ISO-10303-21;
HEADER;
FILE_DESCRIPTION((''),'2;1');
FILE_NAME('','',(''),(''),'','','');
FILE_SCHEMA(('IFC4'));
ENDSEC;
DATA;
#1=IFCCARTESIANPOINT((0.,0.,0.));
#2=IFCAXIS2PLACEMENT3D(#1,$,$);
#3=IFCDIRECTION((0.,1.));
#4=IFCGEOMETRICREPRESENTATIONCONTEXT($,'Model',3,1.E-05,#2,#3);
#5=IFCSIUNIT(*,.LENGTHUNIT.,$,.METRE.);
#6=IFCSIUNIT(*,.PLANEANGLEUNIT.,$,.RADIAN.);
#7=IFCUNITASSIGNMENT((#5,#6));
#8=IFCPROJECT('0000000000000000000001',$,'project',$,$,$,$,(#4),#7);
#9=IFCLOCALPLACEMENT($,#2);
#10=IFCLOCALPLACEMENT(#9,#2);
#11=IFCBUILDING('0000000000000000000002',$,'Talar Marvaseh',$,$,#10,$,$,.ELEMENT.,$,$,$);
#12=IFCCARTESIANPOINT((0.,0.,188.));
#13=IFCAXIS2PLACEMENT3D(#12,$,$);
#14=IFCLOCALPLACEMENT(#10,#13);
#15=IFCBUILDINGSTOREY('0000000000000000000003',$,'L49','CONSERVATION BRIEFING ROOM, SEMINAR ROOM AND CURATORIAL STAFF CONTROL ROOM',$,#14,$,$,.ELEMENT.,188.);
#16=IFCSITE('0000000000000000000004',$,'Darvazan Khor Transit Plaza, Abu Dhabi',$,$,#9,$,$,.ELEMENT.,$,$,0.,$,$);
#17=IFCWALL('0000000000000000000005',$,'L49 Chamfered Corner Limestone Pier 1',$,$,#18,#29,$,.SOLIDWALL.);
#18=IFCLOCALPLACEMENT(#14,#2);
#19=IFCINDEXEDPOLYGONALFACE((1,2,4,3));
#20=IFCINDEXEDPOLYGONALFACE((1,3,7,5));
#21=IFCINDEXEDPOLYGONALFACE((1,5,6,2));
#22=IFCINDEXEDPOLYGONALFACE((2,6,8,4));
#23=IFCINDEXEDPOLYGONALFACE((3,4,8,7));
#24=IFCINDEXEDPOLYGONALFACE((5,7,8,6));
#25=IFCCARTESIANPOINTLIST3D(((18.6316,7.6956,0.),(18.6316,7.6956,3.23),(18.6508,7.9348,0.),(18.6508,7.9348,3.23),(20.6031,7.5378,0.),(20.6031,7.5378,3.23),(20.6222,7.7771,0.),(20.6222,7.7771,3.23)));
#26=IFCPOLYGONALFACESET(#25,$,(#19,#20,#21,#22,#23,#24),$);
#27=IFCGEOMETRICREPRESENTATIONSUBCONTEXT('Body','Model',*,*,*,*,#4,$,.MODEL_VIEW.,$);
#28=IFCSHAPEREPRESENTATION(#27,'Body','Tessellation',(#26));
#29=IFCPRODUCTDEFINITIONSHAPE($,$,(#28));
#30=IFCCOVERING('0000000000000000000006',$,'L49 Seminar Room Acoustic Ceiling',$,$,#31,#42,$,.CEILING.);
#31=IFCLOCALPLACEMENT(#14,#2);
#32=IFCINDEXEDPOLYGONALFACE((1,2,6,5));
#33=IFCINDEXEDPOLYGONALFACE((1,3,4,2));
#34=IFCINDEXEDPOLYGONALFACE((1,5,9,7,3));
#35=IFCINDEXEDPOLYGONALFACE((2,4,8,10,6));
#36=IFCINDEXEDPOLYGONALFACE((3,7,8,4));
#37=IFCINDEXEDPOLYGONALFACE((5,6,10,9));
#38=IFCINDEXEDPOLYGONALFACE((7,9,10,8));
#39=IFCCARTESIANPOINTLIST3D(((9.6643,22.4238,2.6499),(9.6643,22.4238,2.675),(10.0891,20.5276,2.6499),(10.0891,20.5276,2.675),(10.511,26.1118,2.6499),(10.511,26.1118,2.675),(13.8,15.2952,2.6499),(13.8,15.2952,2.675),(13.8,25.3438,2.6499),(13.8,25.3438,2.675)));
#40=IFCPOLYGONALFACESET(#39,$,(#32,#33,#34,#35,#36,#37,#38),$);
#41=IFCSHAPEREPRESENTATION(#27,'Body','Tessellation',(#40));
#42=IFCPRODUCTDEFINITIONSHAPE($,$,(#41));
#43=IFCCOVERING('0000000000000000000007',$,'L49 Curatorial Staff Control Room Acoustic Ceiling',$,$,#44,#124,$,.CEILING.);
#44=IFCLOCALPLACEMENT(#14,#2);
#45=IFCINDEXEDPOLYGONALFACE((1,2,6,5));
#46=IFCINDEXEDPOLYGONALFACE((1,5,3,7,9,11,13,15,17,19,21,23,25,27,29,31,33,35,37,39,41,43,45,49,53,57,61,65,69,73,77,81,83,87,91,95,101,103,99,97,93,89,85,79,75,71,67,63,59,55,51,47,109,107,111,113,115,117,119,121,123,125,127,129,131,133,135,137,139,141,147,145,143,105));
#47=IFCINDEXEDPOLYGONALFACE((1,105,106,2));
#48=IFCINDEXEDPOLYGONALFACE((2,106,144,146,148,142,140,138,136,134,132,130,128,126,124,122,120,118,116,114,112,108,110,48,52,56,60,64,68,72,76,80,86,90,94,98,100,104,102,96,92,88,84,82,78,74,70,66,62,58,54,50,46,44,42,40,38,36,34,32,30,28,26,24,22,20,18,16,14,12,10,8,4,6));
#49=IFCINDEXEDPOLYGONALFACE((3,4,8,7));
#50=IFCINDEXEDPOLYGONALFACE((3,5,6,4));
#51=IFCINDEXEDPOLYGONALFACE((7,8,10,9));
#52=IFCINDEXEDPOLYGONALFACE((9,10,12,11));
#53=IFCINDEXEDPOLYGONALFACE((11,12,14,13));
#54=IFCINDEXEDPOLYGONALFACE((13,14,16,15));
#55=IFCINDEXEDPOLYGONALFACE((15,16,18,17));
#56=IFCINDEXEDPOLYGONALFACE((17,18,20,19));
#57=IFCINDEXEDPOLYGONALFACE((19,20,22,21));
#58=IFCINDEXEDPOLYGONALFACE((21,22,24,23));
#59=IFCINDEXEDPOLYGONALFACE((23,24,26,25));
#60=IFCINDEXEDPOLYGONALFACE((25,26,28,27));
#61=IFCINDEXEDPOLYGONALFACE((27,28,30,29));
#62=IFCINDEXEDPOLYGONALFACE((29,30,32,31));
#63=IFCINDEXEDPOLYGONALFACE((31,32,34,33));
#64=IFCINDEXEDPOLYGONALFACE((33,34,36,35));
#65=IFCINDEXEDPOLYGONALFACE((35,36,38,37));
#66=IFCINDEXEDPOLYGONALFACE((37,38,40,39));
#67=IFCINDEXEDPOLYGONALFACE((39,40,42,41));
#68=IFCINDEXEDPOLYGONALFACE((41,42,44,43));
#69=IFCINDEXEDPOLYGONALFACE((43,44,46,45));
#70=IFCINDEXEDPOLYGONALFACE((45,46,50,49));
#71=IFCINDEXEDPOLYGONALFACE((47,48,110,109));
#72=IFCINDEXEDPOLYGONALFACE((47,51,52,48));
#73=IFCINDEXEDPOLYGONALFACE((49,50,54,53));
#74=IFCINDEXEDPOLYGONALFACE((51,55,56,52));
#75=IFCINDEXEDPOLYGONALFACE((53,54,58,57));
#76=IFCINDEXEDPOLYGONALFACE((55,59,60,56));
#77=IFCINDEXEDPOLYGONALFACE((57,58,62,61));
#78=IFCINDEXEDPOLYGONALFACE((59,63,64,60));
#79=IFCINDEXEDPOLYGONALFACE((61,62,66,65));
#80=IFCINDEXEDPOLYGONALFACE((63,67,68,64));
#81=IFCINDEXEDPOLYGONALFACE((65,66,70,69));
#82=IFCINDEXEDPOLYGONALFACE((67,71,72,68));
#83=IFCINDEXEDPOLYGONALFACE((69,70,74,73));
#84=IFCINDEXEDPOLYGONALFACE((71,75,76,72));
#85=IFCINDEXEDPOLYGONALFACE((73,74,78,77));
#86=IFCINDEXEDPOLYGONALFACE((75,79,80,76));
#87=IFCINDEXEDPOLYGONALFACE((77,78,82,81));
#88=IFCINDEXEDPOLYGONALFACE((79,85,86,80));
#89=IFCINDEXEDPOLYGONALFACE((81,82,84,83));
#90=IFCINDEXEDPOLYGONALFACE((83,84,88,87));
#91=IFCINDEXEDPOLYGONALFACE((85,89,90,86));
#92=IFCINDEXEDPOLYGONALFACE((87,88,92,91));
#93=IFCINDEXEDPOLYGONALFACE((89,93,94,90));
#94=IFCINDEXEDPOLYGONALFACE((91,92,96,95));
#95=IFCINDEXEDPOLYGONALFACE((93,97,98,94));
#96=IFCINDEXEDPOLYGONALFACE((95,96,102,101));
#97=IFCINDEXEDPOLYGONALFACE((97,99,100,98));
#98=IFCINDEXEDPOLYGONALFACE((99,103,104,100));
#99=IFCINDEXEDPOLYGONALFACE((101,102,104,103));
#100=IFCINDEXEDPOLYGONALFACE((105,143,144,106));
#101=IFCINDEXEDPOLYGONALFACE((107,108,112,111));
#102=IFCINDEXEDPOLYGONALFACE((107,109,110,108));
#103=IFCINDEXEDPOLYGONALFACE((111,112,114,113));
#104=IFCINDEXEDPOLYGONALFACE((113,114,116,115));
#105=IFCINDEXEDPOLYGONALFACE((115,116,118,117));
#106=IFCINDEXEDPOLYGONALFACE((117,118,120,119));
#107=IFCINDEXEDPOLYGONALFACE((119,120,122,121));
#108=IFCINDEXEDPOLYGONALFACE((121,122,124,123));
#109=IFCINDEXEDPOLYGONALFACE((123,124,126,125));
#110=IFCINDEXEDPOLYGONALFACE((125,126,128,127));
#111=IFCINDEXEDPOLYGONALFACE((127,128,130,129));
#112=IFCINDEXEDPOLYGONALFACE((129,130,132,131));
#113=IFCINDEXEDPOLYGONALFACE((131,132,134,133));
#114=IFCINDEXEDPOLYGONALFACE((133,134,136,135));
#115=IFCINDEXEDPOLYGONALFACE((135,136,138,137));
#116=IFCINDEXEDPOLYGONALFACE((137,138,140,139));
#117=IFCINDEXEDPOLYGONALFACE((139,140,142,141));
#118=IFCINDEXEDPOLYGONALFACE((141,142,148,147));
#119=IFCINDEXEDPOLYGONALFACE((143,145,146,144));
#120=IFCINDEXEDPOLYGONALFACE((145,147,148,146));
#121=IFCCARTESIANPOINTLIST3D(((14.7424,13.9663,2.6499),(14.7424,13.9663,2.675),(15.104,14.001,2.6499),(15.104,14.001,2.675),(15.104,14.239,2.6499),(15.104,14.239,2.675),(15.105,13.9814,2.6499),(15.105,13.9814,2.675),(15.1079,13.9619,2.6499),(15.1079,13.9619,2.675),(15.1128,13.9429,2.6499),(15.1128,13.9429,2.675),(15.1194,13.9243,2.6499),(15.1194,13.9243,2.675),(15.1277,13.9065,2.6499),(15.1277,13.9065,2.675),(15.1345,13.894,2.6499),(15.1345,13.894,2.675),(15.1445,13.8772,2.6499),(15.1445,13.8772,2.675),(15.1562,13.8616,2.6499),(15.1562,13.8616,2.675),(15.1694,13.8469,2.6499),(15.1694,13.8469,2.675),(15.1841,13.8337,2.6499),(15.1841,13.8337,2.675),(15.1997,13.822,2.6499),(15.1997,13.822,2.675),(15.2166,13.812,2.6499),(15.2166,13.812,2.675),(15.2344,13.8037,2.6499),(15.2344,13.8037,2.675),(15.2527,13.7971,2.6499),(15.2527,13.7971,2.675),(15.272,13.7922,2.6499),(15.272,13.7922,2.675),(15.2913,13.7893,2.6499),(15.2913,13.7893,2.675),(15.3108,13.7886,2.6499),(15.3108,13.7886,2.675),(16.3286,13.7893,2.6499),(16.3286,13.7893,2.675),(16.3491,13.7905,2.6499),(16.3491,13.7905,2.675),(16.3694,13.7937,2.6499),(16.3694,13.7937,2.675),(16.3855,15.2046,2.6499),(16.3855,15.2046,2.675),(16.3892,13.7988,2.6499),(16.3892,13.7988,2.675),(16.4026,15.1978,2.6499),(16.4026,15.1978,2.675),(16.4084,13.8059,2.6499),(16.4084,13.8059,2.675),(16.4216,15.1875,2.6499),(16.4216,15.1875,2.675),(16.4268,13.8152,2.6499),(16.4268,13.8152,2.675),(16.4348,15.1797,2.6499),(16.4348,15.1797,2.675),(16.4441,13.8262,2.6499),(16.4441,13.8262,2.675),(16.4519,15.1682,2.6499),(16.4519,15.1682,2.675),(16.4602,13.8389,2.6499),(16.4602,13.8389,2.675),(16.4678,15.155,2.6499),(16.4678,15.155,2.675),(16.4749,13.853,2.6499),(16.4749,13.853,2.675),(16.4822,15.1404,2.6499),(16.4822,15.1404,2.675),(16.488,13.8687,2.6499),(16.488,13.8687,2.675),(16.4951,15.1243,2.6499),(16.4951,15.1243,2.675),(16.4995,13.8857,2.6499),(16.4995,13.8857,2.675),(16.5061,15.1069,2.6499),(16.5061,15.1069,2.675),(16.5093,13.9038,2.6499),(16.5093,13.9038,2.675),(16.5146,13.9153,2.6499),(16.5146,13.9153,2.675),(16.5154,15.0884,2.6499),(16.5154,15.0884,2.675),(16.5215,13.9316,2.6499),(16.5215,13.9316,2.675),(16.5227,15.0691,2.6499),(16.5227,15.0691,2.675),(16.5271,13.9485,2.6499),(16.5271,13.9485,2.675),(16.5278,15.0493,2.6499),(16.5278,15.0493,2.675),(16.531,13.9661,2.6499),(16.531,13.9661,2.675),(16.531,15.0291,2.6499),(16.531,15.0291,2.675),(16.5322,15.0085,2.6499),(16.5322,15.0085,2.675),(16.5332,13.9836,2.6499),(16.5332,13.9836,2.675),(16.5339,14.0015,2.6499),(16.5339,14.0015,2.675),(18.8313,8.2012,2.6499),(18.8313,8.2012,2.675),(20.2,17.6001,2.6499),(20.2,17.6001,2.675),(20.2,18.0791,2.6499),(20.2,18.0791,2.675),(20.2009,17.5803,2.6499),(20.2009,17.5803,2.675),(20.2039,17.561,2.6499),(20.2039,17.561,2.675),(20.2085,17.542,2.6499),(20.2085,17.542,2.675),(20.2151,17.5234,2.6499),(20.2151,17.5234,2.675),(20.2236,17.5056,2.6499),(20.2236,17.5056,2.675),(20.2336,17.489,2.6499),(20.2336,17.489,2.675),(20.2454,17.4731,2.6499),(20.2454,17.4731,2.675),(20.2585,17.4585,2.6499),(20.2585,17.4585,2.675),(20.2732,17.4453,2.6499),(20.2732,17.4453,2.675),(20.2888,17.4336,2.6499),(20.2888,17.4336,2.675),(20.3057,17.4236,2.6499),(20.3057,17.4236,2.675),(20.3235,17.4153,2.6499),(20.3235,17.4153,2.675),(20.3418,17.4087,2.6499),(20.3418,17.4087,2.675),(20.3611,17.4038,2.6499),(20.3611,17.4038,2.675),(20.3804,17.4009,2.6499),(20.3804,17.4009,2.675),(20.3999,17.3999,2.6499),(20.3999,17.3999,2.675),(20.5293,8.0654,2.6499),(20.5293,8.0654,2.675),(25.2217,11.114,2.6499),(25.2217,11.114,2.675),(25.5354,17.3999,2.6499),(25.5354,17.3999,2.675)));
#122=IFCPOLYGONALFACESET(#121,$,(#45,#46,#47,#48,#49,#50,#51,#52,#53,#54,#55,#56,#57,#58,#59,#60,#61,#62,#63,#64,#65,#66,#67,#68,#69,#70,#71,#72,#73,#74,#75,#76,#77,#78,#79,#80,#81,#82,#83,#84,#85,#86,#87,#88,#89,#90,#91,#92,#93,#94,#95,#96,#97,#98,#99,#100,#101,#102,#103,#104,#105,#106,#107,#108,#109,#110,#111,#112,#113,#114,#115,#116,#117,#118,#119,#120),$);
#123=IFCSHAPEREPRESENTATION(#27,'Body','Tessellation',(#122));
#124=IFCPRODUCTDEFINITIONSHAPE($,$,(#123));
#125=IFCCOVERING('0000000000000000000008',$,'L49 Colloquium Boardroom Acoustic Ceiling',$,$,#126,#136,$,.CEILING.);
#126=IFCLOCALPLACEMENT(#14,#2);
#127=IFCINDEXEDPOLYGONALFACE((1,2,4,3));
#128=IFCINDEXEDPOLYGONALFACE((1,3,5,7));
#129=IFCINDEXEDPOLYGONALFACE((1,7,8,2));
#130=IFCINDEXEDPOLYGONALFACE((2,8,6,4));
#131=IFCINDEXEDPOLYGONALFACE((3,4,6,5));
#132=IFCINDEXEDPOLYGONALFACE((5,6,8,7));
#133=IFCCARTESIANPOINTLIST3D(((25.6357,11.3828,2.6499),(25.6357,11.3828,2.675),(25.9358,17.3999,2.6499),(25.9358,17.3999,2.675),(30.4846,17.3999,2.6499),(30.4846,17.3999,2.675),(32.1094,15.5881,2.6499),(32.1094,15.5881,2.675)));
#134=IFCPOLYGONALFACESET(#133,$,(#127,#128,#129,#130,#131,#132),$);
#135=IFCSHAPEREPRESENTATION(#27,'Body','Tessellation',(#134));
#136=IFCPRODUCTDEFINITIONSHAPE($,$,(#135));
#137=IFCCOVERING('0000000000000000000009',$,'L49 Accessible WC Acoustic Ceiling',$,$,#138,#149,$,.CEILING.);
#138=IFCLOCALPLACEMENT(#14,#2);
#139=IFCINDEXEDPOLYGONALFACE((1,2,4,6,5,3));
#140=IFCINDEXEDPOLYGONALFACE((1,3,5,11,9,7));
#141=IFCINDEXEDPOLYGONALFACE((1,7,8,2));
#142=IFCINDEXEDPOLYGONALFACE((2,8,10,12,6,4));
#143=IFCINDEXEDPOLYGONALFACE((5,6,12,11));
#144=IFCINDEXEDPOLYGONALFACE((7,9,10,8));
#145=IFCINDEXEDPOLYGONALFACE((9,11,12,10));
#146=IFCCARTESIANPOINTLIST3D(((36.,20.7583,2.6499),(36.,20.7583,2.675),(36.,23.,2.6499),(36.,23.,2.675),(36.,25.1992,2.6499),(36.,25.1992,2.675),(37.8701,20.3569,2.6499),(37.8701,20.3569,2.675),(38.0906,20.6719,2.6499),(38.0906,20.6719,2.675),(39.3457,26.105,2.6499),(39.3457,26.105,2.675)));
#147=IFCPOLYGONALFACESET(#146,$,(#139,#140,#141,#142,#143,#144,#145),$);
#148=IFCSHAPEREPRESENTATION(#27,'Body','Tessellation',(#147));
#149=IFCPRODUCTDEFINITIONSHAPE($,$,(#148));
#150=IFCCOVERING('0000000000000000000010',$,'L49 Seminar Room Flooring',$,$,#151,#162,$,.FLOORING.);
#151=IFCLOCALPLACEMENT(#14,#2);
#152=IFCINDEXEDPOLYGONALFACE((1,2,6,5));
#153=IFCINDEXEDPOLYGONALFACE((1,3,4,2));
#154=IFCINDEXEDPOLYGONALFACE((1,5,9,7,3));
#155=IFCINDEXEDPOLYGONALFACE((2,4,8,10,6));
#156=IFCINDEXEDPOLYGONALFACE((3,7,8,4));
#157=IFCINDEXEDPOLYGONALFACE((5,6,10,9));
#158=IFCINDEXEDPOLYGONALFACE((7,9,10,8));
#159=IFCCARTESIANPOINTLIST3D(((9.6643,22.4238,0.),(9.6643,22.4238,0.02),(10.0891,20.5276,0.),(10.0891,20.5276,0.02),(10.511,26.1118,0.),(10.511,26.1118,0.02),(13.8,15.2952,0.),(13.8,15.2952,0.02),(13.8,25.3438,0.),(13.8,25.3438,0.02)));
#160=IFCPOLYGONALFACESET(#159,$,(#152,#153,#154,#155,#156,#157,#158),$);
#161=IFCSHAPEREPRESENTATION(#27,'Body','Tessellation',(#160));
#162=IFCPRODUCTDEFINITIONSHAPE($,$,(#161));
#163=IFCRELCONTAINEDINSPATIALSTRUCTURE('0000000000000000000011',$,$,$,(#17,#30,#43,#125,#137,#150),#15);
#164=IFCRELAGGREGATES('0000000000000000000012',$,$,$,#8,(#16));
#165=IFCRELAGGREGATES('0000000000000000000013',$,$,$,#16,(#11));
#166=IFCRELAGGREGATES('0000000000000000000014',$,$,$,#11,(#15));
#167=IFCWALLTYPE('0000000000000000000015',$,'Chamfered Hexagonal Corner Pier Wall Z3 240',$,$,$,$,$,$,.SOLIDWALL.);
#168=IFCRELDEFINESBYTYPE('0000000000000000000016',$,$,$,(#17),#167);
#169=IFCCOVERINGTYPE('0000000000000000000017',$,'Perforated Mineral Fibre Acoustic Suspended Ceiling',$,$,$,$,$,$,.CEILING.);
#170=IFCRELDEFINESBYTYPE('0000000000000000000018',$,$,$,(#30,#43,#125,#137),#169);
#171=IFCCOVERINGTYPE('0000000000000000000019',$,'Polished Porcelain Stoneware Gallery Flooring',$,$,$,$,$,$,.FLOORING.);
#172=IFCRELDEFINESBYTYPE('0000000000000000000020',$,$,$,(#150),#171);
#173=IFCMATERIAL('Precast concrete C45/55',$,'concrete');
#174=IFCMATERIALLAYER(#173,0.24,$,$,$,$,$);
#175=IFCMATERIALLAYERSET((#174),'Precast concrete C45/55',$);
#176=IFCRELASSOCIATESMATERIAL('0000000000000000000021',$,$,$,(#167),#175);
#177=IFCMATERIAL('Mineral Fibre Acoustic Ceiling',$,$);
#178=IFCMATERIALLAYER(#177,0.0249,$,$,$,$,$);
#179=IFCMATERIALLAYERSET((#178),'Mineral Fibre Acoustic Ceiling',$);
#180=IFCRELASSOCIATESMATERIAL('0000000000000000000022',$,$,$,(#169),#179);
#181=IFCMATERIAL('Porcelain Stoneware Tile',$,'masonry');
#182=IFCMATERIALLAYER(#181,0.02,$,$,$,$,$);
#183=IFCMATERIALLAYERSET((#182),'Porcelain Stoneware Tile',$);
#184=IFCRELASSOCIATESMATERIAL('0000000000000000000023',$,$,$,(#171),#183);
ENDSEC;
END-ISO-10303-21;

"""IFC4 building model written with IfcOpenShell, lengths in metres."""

from ifc_helpers import new_model, si_unit, direction, frame, frame_2d, origin, place, context, subcontext, project, spatial, polyline, rectangle, outline, extrude, material, layer, layer_set, type_object, element, save


model = new_model("IFC4")

# Units and contexts
model_context = context("Model", 3, precision=1e-05, world=origin(), true_north=direction((0.0, 1.0)))
body_context = subcontext(model_context, "Body", "Model", "MODEL_VIEW")
ifc_project = project(units=[si_unit("LENGTHUNIT", "METRE"), si_unit("PLANEANGLEUNIT", "RADIAN")], contexts=[model_context])

# Site, building, storey
site_placement = place(None, origin())
site = spatial("IfcSite", under=ifc_project, at=site_placement, Name="Darvazan Khor Transit Plaza, Abu Dhabi", CompositionType="ELEMENT", RefElevation=0.0)
building_placement = place(site_placement, origin())
building = spatial("IfcBuilding", under=site, at=building_placement, Name="Talar Marvaseh", CompositionType="ELEMENT")
storey_placement = place(building_placement, frame((0.0, 0.0, 188.0)))
storey = spatial("IfcBuildingStorey", under=building, at=storey_placement, Name="L49", Description="CONSERVATION BRIEFING ROOM, SEMINAR ROOM AND CURATORIAL STAFF CONTROL ROOM", CompositionType="ELEMENT", Elevation=188.0)

# Wall
ifc_material_1 = material(Name="Precast concrete C45/55", Category="concrete")
ifc_layer_1 = layer(ifc_material_1, 0.24)
ifc_layer_set_1 = layer_set([ifc_layer_1], Name="Precast concrete C45/55")
wall_type = type_object("IfcWallType", Name="Chamfered Hexagonal Corner Pier Wall Z3 240", PredefinedType="SOLIDWALL", material=ifc_layer_set_1)
wall_placement = place(storey_placement, frame((20.6125, 7.6575, 0.0), z_axis=(0.0, 0.0, 1.0), x_axis=(-0.996815, 0.079745, 0.0)))
element("IfcWall", 1, at=wall_placement, inside=storey, type_object=wall_type, Name="L49 Chamfered Corner Limestone Pier 1", PredefinedType="SOLIDWALL", context=body_context, shape_type="SweptSolid", body=[
    extrude(rectangle(XDim=1.9778, YDim=0.24, at=frame_2d((0.9888, 0.0))), origin(), (0.0, 0.0, 1.0), 3.23),
])

# Coverings
ifc_material_2 = material(Name="Mineral Fibre Acoustic Ceiling")
ifc_layer_2 = layer(ifc_material_2, 0.0249)
ifc_layer_set_2 = layer_set([ifc_layer_2], Name="Mineral Fibre Acoustic Ceiling")
covering_type_1 = type_object("IfcCoveringType", Name="Perforated Mineral Fibre Acoustic Suspended Ceiling", PredefinedType="CEILING", material=ifc_layer_set_2)
covering_1_placement = place(storey_placement, frame((0.0, 0.0, 2.6499)))
element("IfcCovering", 2, at=covering_1_placement, inside=storey, type_object=covering_type_1, Name="L49 Seminar Room Acoustic Ceiling", PredefinedType="CEILING", context=body_context, shape_type="SweptSolid", body=[
    extrude(outline(polyline([(13.8, 25.3438), (13.8, 15.2952), (10.0891, 20.5276), (9.6643, 22.4238), (10.511, 26.1118), (13.8, 25.3438)])), origin(), (0.0, 0.0, 1.0), 0.0251),
])
covering_2_placement = place(storey_placement, frame((0.0, 0.0, 2.6499)))
element("IfcCovering", 3, at=covering_2_placement, inside=storey, type_object=covering_type_1, Name="L49 Curatorial Staff Control Room Acoustic Ceiling", PredefinedType="CEILING", context=body_context, shape_type="SweptSolid", body=[
    extrude(outline(polyline([(20.2, 17.6001), (20.2009, 17.5803), (20.2039, 17.561), (20.2085, 17.542), (20.2151, 17.5234), (20.2236, 17.5056), (20.2336, 17.489), (20.2454, 17.4731), (20.2585, 17.4585), (20.2732, 17.4453), (20.2888, 17.4336), (20.3057, 17.4236), (20.3235, 17.4153), (20.3418, 17.4087), (20.3611, 17.4038), (20.3804, 17.4009), (20.3999, 17.3999), (25.5354, 17.3999), (25.2217, 11.114), (20.5293, 8.0654), (18.8313, 8.2012), (14.7424, 13.9663), (15.104, 14.239), (15.104, 14.001), (15.105, 13.9814), (15.1079, 13.9619), (15.1128, 13.9429), (15.1194, 13.9243), (15.1277, 13.9065), (15.1345, 13.894), (15.1445, 13.8772), (15.1562, 13.8616), (15.1694, 13.8469), (15.1841, 13.8337), (15.1997, 13.822), (15.2166, 13.812), (15.2344, 13.8037), (15.2527, 13.7971), (15.272, 13.7922), (15.2913, 13.7893), (15.3108, 13.7886), (16.3286, 13.7893), (16.3491, 13.7905), (16.3694, 13.7937), (16.3892, 13.7988), (16.4084, 13.8059), (16.4268, 13.8152), (16.4441, 13.8262), (16.4602, 13.8389), (16.4749, 13.853), (16.488, 13.8687), (16.4995, 13.8857), (16.5093, 13.9038), (16.5146, 13.9153), (16.5215, 13.9316), (16.5271, 13.9485), (16.531, 13.9661), (16.5332, 13.9836), (16.5339, 14.0015), (16.5322, 15.0085), (16.531, 15.0291), (16.5278, 15.0493), (16.5227, 15.0691), (16.5154, 15.0884), (16.5061, 15.1069), (16.4951, 15.1243), (16.4822, 15.1404), (16.4678, 15.155), (16.4519, 15.1682), (16.4348, 15.1797), (16.4216, 15.1875), (16.4026, 15.1978), (16.3855, 15.2046), (20.2, 18.0791), (20.2, 17.6001)])), origin(), (0.0, 0.0, 1.0), 0.0251),
])
covering_3_placement = place(storey_placement, frame((0.0, 0.0, 2.6499)))
element("IfcCovering", 4, at=covering_3_placement, inside=storey, type_object=covering_type_1, Name="L49 Colloquium Boardroom Acoustic Ceiling", PredefinedType="CEILING", context=body_context, shape_type="SweptSolid", body=[
    extrude(outline(polyline([(32.1094, 15.5881), (25.6357, 11.3828), (25.9358, 17.3999), (30.4846, 17.3999), (32.1094, 15.5881)])), origin(), (0.0, 0.0, 1.0), 0.0251),
])
covering_4_placement = place(storey_placement, frame((0.0, 0.0, 2.6499)))
element("IfcCovering", 5, at=covering_4_placement, inside=storey, type_object=covering_type_1, Name="L49 Accessible WC Acoustic Ceiling", PredefinedType="CEILING", context=body_context, shape_type="SweptSolid", body=[
    extrude(outline(polyline([(36.0, 23.0), (36.0, 25.1992), (39.3457, 26.105), (38.0906, 20.6719), (37.8701, 20.3569), (36.0, 20.7583), (36.0, 23.0)])), origin(), (0.0, 0.0, 1.0), 0.0251),
])
ifc_material_3 = material(Name="Porcelain Stoneware Tile", Category="masonry")
ifc_layer_3 = layer(ifc_material_3, 0.02)
ifc_layer_set_3 = layer_set([ifc_layer_3], Name="Porcelain Stoneware Tile")
covering_type_2 = type_object("IfcCoveringType", Name="Polished Porcelain Stoneware Gallery Flooring", PredefinedType="FLOORING", material=ifc_layer_set_3)
covering_5_placement = place(storey_placement, origin())
element("IfcCovering", 6, at=covering_5_placement, inside=storey, type_object=covering_type_2, Name="L49 Seminar Room Flooring", PredefinedType="FLOORING", context=body_context, shape_type="SweptSolid", body=[
    extrude(outline(polyline([(13.8, 25.3438), (13.8, 15.2952), (10.0891, 20.5276), (9.6643, 22.4238), (10.511, 26.1118), (13.8, 25.3438)])), origin(), (0.0, 0.0, 1.0), 0.02),
])

save(model, "model.ifc")
